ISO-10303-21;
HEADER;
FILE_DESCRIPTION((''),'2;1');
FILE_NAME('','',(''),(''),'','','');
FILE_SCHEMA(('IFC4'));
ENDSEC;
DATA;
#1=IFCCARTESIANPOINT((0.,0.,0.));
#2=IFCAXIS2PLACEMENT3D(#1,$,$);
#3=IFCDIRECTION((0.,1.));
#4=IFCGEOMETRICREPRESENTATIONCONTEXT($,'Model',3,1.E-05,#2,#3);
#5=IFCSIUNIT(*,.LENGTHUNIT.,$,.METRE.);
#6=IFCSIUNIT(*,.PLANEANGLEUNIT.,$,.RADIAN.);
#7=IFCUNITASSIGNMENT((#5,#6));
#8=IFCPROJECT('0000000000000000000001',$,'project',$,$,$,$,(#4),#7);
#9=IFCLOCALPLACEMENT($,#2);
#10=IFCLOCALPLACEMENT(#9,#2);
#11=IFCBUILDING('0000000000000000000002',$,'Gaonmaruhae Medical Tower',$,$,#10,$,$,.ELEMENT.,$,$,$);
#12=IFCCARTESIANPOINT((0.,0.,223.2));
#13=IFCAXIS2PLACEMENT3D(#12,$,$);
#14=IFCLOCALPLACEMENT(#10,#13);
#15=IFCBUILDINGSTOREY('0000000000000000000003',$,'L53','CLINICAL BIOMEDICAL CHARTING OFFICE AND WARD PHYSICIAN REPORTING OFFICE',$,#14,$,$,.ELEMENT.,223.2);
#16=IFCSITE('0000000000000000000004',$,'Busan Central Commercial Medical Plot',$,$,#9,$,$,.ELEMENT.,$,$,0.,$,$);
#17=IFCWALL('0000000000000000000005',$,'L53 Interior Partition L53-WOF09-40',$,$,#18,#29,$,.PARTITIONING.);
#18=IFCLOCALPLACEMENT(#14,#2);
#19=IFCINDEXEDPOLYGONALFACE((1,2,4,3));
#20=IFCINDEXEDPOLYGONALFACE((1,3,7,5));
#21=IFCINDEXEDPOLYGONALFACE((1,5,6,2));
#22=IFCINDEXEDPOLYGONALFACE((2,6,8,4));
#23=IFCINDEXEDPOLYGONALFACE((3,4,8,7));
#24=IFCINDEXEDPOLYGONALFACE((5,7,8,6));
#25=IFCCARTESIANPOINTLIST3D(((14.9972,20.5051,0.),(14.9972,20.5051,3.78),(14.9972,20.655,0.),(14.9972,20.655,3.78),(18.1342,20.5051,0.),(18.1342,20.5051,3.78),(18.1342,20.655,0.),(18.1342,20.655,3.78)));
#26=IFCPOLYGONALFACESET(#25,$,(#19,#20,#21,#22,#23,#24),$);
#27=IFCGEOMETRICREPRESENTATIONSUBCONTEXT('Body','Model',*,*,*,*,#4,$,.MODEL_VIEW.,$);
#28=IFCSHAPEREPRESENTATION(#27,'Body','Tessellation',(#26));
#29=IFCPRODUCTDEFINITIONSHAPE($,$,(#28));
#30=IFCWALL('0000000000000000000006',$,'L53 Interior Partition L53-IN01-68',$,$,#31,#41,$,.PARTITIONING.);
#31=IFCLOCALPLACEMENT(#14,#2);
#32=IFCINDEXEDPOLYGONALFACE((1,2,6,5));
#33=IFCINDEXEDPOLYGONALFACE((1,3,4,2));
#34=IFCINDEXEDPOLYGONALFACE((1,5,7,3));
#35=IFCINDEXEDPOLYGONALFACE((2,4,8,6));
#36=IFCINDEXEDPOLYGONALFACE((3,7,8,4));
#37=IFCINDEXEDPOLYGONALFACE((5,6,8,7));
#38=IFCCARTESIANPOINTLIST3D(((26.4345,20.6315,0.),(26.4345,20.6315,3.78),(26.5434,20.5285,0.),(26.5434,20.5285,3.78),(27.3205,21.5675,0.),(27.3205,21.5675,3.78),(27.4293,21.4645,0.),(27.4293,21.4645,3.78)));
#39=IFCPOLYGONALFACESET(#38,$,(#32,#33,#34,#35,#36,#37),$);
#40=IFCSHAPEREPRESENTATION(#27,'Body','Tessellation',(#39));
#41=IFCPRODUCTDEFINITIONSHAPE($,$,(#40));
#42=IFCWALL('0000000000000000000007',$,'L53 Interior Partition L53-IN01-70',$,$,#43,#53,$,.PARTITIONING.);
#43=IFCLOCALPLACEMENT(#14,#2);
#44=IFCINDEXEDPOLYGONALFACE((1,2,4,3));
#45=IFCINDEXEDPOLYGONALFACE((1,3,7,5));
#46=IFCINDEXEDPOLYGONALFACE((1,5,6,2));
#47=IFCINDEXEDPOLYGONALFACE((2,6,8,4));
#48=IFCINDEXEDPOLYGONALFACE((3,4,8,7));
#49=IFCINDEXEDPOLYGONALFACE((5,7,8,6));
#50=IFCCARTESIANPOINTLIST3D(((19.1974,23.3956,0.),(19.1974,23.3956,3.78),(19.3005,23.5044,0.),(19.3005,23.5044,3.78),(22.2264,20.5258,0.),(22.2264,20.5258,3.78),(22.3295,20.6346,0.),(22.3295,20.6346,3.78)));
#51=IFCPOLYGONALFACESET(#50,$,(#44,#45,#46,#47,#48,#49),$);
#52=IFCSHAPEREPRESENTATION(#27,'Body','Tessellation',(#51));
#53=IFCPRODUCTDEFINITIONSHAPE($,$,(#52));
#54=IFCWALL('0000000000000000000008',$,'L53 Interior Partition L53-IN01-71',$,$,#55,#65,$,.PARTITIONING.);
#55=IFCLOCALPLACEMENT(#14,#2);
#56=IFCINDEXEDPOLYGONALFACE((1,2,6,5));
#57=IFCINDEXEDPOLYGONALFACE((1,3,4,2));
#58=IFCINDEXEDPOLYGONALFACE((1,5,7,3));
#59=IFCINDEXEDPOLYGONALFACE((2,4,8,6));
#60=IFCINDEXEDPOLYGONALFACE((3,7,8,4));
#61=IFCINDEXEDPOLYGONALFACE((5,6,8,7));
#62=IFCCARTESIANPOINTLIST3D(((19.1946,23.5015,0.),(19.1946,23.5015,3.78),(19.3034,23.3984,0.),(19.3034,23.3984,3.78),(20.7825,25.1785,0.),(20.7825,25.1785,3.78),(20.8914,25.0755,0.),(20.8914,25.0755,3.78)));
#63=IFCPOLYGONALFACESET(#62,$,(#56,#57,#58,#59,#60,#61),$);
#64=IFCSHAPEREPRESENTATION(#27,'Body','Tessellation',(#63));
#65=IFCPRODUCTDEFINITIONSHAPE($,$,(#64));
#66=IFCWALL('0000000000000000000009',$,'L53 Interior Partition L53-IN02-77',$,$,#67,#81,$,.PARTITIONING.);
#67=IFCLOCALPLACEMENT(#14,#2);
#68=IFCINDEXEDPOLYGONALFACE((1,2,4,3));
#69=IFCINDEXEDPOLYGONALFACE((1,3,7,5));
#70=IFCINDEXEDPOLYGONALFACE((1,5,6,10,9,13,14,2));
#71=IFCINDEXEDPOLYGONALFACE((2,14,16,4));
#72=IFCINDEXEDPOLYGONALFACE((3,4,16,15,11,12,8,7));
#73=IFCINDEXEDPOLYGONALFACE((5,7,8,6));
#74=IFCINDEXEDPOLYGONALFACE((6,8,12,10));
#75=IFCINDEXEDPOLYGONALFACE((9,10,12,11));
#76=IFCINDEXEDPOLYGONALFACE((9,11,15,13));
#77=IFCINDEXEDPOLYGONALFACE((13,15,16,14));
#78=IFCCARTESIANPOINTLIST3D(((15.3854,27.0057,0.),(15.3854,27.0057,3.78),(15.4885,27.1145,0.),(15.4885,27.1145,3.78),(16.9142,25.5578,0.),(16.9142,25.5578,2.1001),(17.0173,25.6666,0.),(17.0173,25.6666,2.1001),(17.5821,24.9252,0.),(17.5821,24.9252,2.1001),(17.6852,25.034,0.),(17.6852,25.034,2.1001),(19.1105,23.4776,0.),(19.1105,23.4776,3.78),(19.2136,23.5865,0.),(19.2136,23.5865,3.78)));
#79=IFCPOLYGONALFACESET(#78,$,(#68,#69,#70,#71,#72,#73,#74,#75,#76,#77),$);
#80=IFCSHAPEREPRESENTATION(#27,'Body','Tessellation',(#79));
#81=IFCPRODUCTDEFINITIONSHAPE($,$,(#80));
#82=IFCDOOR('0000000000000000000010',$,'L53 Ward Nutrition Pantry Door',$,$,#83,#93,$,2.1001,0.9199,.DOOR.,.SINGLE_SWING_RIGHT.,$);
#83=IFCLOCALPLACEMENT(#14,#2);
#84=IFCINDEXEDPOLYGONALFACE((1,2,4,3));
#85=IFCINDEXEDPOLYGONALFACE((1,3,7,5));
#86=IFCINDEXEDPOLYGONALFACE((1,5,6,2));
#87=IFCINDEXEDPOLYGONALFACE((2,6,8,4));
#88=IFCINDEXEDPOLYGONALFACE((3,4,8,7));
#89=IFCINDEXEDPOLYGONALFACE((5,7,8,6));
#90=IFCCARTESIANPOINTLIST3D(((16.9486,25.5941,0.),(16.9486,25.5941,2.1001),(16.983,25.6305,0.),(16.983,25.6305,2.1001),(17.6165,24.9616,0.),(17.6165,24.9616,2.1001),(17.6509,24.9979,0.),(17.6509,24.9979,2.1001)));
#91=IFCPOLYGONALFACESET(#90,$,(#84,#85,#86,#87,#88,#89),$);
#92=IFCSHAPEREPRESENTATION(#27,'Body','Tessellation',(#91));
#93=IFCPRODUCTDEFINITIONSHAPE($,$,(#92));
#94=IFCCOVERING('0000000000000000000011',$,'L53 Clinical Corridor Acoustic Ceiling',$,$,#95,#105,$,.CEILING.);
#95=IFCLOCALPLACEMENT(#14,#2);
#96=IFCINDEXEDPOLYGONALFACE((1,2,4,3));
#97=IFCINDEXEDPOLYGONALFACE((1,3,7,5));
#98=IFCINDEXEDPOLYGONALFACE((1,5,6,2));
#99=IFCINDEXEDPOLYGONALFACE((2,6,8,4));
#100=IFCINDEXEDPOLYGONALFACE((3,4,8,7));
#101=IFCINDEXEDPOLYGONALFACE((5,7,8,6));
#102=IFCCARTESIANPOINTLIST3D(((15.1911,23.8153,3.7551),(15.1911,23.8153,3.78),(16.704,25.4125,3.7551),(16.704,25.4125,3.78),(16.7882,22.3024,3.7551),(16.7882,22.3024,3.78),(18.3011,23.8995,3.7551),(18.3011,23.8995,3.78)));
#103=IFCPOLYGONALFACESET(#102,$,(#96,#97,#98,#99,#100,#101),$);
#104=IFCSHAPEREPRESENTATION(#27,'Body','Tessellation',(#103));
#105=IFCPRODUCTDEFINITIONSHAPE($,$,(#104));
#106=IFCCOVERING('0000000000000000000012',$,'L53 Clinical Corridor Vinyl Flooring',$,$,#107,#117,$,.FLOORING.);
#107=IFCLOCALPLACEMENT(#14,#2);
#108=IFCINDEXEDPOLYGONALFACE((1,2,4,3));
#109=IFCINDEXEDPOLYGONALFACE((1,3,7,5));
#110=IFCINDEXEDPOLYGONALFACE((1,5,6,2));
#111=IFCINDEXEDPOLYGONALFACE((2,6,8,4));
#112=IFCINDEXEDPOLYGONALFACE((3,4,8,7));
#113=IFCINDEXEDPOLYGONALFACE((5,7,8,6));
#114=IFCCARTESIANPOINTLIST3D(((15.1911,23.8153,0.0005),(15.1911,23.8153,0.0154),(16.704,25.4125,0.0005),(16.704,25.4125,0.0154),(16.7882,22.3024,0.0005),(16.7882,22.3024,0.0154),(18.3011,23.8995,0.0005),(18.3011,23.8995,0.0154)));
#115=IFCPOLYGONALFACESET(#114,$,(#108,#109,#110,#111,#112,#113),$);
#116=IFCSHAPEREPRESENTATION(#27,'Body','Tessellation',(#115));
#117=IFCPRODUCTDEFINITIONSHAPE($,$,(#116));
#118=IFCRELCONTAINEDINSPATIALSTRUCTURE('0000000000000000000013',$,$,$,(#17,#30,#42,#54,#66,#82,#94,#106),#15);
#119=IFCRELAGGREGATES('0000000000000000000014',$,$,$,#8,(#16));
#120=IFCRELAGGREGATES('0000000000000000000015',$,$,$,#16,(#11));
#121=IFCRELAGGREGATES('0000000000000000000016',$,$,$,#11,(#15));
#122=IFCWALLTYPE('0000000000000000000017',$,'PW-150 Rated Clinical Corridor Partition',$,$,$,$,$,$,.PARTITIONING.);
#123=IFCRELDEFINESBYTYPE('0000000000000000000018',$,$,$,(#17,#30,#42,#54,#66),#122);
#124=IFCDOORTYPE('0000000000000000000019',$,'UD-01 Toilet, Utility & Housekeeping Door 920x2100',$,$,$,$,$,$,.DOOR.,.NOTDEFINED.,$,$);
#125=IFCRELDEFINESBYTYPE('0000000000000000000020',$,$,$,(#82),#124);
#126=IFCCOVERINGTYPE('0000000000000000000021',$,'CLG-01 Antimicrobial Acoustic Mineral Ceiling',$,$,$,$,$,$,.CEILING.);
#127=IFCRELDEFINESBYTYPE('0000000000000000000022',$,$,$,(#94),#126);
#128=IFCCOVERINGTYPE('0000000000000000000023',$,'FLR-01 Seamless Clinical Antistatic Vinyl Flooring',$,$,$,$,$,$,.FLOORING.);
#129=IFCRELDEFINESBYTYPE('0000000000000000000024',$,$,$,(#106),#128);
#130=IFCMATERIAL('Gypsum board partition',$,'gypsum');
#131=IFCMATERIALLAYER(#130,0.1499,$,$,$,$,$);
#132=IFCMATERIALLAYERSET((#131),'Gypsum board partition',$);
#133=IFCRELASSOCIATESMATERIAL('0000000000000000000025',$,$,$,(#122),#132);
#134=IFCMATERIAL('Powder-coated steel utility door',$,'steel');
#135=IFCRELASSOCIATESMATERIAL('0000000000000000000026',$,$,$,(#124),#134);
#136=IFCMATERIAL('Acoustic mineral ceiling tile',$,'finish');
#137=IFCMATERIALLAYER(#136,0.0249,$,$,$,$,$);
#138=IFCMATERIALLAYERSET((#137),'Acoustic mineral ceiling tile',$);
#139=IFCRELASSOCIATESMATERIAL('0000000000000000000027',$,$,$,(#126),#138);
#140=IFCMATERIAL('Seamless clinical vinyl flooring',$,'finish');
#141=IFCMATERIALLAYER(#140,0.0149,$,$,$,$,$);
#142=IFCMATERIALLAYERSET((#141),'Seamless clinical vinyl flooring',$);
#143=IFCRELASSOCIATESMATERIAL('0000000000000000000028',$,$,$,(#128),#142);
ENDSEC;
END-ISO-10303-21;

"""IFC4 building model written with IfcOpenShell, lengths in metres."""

from ifc_helpers import new_model, si_unit, direction, frame, frame_2d, origin, origin_2d, place, context, subcontext, project, spatial, rectangle, extrude, material, layer, layer_set, type_object, element, fill, save


model = new_model("IFC4")

# Units and contexts
model_context = context("Model", 3, precision=1e-05, world=origin(), true_north=direction((0.0, 1.0)))
body_context = subcontext(model_context, "Body", "Model", "MODEL_VIEW")
ifc_project = project(units=[si_unit("LENGTHUNIT", "METRE"), si_unit("PLANEANGLEUNIT", "RADIAN")], contexts=[model_context])

# Site, building, storey
site_placement = place(None, origin())
site = spatial("IfcSite", under=ifc_project, at=site_placement, Name="Busan Central Commercial Medical Plot", CompositionType="ELEMENT", RefElevation=0.0)
building_placement = place(site_placement, origin())
building = spatial("IfcBuilding", under=site, at=building_placement, Name="Gaonmaruhae Medical Tower", CompositionType="ELEMENT")
storey_placement = place(building_placement, frame((0.0, 0.0, 223.2)))
storey = spatial("IfcBuildingStorey", under=building, at=storey_placement, Name="L53", Description="CLINICAL BIOMEDICAL CHARTING OFFICE AND WARD PHYSICIAN REPORTING OFFICE", CompositionType="ELEMENT", Elevation=223.2)

# Walls
ifc_material_1 = material(Name="Gypsum board partition", Category="gypsum")
ifc_layer_1 = layer(ifc_material_1, 0.1499)
ifc_layer_set_1 = layer_set([ifc_layer_1], Name="Gypsum board partition")
wall_type_1 = type_object("IfcWallType", Name="PW-150 Rated Clinical Corridor Partition", PredefinedType="PARTITIONING", material=ifc_layer_set_1)
wall_1_placement = place(storey_placement, frame((18.134, 20.5801, 0.0), z_axis=(0.0, 0.0, 1.0), x_axis=(-1.0, 0.0, 0.0)))
element("IfcWall", 1, at=wall_1_placement, inside=storey, type_object=wall_type_1, Name="L53 Interior Partition L53-WOF09-40", PredefinedType="PARTITIONING", context=body_context, shape_type="SweptSolid", body=[
    extrude(rectangle(XDim=3.137, YDim=0.1499, at=frame_2d((1.5684, 0.0))), origin(), (0.0, 0.0, 1.0), 3.78),
])
wall_2_placement = place(storey_placement, frame((27.375, 21.5161, 0.0), z_axis=(0.0, 0.0, 1.0), x_axis=(-0.687424, -0.726256, 0.0)))
element("IfcWall", 2, at=wall_2_placement, inside=storey, type_object=wall_type_1, Name="L53 Interior Partition L53-IN01-68", PredefinedType="PARTITIONING", context=body_context, shape_type="SweptSolid", body=[
    extrude(rectangle(XDim=1.2888, YDim=0.1499, at=frame_2d((0.6445, 0.0))), origin(), (0.0, 0.0, 1.0), 3.78),
])

# Walls
wall_3_placement = place(storey_placement, frame((22.2781, 20.5801, 0.0), z_axis=(0.0, 0.0, 1.0), x_axis=(-0.725923, 0.687775, 0.0)))
element("IfcWall", 3, at=wall_3_placement, inside=storey, type_object=wall_type_1, Name="L53 Interior Partition L53-IN01-70", PredefinedType="PARTITIONING", context=body_context, shape_type="SweptSolid", body=[
    extrude(rectangle(XDim=4.1726, YDim=0.1499, at=frame_2d((2.0864, 0.0))), origin(), (0.0, 0.0, 1.0), 3.78),
])
wall_4_placement = place(storey_placement, frame((19.249, 23.45, 0.0), z_axis=(0.0, 0.0, 1.0), x_axis=(0.687551, 0.726136, 0.0)))
element("IfcWall", 4, at=wall_4_placement, inside=storey, type_object=wall_type_1, Name="L53 Interior Partition L53-IN01-71", PredefinedType="PARTITIONING", context=body_context, shape_type="SweptSolid", body=[
    extrude(rectangle(XDim=2.3096, YDim=0.1499, at=frame_2d((1.1548, 0.0))), origin(), (0.0, 0.0, 1.0), 3.78),
])

# Wall, opening, door
wall_5_placement = place(storey_placement, frame((19.1621, 23.532, 0.0), z_axis=(0.0, 0.0, 1.0), x_axis=(-0.726046, 0.687646, 0.0)))
wall_5 = element("IfcWall", 5, at=wall_5_placement, inside=storey, type_object=wall_type_1, Name="L53 Interior Partition L53-IN02-77", PredefinedType="PARTITIONING", context=body_context, shape_type="SweptSolid", body=[
    extrude(rectangle(XDim=5.1306, YDim=0.1499, at=frame_2d((2.5654, 0.0))), origin(), (0.0, 0.0, 1.0), 3.78),
])
opening_1_placement = place(wall_5_placement, frame((2.1052, 0.0, 0.0)))
opening_1 = element("IfcOpeningElement", 6, at=opening_1_placement, cuts=wall_5, PredefinedType="OPENING", context=body_context, shape_type="SweptSolid", body=[
    extrude(rectangle(XDim=0.9199, YDim=2.1001, at=frame_2d((0.46, 1.05))), frame((0.0, 0.085, 0.0), z_axis=(0.0, -1.0, 0.0), x_axis=(1.0, 0.0, 0.0)), (0.0, 0.0, 1.0), 0.1699),
])
ifc_material_2 = material(Name="Powder-coated steel utility door", Category="steel")
door_type_1 = type_object("IfcDoorType", Name="UD-01 Toilet, Utility & Housekeeping Door 920x2100", OperationType="NOTDEFINED", PredefinedType="DOOR", material=ifc_material_2)
door_1_placement = place(opening_1_placement, origin())
door_1 = element("IfcDoor", 7, at=door_1_placement, inside=storey, type_object=door_type_1, Name="L53 Ward Nutrition Pantry Door", OperationType="SINGLE_SWING_RIGHT", OverallHeight=2.1001, OverallWidth=0.9199, PredefinedType="DOOR", context=body_context, shape_type="SweptSolid", body=[
    extrude(rectangle(XDim=0.9199, YDim=2.1001, at=frame_2d((0.46, 1.05))), frame((0.0, 0.0249, 0.0), z_axis=(0.0, -1.0, 0.0), x_axis=(1.0, 0.0, 0.0)), (0.0, 0.0, 1.0), 0.05),
])
fill(opening_1, door_1)

# Coverings
ifc_material_3 = material(Name="Acoustic mineral ceiling tile", Category="finish")
ifc_layer_2 = layer(ifc_material_3, 0.0249)
ifc_layer_set_2 = layer_set([ifc_layer_2], Name="Acoustic mineral ceiling tile")
covering_type_1 = type_object("IfcCoveringType", Name="CLG-01 Antimicrobial Acoustic Mineral Ceiling", PredefinedType="CEILING", material=ifc_layer_set_2)
covering_1_placement = place(storey_placement, frame((16.7461, 23.8574, 3.7551), z_axis=(0.0, 0.0, 1.0), x_axis=(0.687721, 0.725975, 0.0)))
element("IfcCovering", 8, at=covering_1_placement, inside=storey, type_object=covering_type_1, Name="L53 Clinical Corridor Acoustic Ceiling", PredefinedType="CEILING", context=body_context, shape_type="SweptSolid", body=[
    extrude(rectangle(XDim=2.2, YDim=2.2, at=origin_2d()), origin(), (0.0, 0.0, 1.0), 0.0249),
])
ifc_material_4 = material(Name="Seamless clinical vinyl flooring", Category="finish")
ifc_layer_3 = layer(ifc_material_4, 0.0149)
ifc_layer_set_3 = layer_set([ifc_layer_3], Name="Seamless clinical vinyl flooring")
covering_type_2 = type_object("IfcCoveringType", Name="FLR-01 Seamless Clinical Antistatic Vinyl Flooring", PredefinedType="FLOORING", material=ifc_layer_set_3)
covering_2_placement = place(storey_placement, frame((16.7461, 23.8574, 0.0005), z_axis=(0.0, 0.0, 1.0), x_axis=(0.687721, 0.725975, 0.0)))
element("IfcCovering", 9, at=covering_2_placement, inside=storey, type_object=covering_type_2, Name="L53 Clinical Corridor Vinyl Flooring", PredefinedType="FLOORING", context=body_context, shape_type="SweptSolid", body=[
    extrude(rectangle(XDim=2.2, YDim=2.2, at=origin_2d()), origin(), (0.0, 0.0, 1.0), 0.0149),
])

save(model, "model.ifc")
